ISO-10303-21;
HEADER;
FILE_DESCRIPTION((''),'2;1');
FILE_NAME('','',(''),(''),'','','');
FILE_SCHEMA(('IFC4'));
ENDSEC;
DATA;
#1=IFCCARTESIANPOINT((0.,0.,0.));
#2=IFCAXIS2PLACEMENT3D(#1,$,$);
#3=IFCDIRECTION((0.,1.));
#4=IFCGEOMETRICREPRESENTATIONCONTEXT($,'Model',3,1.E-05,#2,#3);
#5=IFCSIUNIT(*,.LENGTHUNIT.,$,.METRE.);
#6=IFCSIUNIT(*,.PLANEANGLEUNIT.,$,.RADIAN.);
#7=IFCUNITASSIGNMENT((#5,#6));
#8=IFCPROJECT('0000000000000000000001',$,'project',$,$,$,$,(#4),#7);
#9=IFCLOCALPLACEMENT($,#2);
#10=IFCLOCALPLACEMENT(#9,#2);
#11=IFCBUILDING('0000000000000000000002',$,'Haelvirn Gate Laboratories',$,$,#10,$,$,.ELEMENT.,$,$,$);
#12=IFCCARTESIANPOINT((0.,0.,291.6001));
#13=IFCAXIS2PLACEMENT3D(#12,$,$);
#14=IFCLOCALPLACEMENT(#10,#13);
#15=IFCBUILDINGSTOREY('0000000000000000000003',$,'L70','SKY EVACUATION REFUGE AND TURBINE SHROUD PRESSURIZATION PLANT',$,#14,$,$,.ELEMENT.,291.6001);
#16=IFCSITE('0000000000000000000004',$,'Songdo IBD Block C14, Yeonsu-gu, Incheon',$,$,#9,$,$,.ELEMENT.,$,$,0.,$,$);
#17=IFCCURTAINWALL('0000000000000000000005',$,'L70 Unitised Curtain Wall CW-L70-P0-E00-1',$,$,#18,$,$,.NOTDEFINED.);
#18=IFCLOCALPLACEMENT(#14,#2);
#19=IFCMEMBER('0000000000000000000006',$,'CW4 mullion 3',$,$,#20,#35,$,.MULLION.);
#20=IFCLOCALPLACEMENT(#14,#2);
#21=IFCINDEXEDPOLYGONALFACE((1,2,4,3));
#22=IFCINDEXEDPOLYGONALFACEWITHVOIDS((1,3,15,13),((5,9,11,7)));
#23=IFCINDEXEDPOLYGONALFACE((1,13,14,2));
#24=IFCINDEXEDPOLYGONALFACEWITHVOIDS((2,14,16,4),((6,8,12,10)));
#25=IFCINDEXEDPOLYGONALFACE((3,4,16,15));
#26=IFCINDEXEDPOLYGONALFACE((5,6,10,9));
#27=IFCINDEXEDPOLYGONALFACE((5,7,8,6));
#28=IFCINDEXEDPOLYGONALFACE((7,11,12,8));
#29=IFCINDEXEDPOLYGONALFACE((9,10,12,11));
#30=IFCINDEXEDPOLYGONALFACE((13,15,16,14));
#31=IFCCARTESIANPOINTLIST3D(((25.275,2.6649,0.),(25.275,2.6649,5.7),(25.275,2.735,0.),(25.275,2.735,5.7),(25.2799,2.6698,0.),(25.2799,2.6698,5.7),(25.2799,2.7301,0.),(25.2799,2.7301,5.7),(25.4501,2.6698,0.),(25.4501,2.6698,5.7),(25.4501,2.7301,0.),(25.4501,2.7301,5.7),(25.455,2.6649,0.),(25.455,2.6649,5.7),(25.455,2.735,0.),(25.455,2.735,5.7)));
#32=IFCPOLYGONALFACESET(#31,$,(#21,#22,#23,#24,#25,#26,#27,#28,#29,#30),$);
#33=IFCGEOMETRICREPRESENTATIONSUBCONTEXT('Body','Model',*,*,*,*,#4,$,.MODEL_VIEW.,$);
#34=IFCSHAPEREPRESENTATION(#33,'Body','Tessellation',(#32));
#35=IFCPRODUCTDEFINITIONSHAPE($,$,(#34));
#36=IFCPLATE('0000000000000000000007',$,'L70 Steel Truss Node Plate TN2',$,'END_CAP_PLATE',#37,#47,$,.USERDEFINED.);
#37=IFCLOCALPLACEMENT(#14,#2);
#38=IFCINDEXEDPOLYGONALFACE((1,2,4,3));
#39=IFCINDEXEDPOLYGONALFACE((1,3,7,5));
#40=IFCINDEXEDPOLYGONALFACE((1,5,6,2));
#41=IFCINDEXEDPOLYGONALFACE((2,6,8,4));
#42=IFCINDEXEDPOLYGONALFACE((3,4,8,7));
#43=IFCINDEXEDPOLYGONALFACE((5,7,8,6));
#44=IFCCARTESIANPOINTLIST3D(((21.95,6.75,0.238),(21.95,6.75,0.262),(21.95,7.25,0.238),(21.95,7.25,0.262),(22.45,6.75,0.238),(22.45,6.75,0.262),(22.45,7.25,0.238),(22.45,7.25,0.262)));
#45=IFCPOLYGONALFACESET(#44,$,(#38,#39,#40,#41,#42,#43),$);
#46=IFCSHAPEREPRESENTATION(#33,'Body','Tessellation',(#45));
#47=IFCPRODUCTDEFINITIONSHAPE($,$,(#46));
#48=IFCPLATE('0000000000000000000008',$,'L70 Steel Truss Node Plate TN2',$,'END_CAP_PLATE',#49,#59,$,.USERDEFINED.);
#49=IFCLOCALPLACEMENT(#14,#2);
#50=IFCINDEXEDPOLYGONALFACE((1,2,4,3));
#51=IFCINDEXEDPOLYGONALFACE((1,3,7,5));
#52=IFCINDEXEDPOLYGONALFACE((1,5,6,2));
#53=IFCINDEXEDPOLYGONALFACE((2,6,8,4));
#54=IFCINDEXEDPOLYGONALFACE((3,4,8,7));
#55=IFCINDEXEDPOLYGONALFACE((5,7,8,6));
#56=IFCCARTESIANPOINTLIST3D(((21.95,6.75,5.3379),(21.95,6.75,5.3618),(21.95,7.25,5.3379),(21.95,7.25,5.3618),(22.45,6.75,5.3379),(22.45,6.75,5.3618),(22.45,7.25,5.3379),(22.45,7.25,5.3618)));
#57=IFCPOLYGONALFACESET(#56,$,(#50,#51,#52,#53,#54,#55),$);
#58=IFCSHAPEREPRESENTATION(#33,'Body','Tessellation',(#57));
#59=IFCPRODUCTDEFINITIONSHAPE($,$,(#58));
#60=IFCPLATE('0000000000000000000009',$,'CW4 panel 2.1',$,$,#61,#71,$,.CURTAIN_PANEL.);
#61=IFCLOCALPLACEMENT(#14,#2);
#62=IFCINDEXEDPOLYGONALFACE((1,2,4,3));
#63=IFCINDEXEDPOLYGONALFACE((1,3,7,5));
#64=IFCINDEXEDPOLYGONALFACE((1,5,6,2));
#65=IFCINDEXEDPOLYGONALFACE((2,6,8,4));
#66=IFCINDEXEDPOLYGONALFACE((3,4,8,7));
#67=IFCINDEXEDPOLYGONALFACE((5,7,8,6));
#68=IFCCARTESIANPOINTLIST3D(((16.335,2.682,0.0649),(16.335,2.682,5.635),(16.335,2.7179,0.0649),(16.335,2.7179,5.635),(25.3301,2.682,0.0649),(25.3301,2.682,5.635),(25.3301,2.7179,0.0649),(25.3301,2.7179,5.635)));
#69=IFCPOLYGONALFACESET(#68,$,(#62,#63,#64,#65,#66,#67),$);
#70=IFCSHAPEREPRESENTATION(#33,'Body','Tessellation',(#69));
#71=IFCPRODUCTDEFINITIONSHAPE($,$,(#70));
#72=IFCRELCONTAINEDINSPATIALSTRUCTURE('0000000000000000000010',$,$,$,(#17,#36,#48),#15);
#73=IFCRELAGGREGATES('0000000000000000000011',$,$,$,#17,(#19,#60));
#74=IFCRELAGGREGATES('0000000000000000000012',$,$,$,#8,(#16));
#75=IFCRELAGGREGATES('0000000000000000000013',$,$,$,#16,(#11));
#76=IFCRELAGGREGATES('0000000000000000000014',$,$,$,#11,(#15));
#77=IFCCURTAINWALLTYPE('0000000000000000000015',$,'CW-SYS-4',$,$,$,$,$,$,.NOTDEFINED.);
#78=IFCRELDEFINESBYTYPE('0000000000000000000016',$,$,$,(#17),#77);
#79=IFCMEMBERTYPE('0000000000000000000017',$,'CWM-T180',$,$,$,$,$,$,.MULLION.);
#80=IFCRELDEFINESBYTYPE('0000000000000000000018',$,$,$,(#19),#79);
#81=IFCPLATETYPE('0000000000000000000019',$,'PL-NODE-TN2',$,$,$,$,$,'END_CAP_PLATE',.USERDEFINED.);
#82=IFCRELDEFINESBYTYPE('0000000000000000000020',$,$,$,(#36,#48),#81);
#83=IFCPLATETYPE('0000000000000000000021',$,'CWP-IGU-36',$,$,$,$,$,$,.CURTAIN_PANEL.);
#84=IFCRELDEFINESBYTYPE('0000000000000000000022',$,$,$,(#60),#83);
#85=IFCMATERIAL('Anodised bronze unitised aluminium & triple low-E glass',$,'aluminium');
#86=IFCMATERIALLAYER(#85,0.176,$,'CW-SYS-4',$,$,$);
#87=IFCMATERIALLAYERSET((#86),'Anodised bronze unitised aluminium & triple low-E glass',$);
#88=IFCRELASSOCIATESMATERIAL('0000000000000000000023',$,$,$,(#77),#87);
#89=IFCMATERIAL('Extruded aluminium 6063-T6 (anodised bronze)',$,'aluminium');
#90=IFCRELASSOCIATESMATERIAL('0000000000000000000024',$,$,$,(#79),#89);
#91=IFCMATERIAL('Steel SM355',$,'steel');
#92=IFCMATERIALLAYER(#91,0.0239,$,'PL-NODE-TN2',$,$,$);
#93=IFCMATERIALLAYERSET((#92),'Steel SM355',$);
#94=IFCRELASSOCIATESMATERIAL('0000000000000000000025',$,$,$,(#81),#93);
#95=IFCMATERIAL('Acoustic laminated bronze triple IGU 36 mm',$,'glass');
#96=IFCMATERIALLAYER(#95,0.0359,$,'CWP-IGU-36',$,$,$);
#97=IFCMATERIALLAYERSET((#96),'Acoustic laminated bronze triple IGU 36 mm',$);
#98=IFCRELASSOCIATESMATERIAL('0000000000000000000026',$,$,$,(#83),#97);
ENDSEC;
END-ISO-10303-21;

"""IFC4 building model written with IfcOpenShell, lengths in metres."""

from ifc_helpers import new_model, si_unit, direction, frame, origin, origin_2d, place, context, subcontext, project, spatial, rectangle, hollow_rectangle, extrude, source, transform, mapped, material, layer, layer_set, material_profile, profile_set, type_object, type_shapes, element, aggregate, save


model = new_model("IFC4")

# Units and contexts
model_context = context("Model", 3, precision=1e-05, world=origin(), true_north=direction((0.0, 1.0)))
body_context = subcontext(model_context, "Body", "Model", "MODEL_VIEW")
ifc_project = project(units=[si_unit("LENGTHUNIT", "METRE"), si_unit("PLANEANGLEUNIT", "RADIAN")], contexts=[model_context])

# Site, building, storey
site_placement = place(None, origin())
site = spatial("IfcSite", under=ifc_project, at=site_placement, Name="Songdo IBD Block C14, Yeonsu-gu, Incheon", CompositionType="ELEMENT", RefElevation=0.0)
building_placement = place(site_placement, origin())
building = spatial("IfcBuilding", under=site, at=building_placement, Name="Haelvirn Gate Laboratories", CompositionType="ELEMENT")
storey_placement = place(building_placement, frame((0.0, 0.0, 291.6001)))
storey = spatial("IfcBuildingStorey", under=building, at=storey_placement, Name="L70", Description="SKY EVACUATION REFUGE AND TURBINE SHROUD PRESSURIZATION PLANT", CompositionType="ELEMENT", Elevation=291.6001)

# Shared definitions
ifc_material_1 = material(Name="Steel SM355", Category="steel")

# Curtain wall, member
ifc_material_2 = material(Name="Anodised bronze unitised aluminium & triple low-E glass", Category="aluminium")
ifc_layer_1 = layer(ifc_material_2, 0.176, Name="CW-SYS-4")
ifc_layer_set_1 = layer_set([ifc_layer_1], Name="Anodised bronze unitised aluminium & triple low-E glass")
curtain_wall_type = type_object("IfcCurtainWallType", Name="CW-SYS-4", PredefinedType="NOTDEFINED", material=ifc_layer_set_1)
curtain_wall_placement = place(storey_placement, origin())
curtain_wall = element("IfcCurtainWall", 1, at=curtain_wall_placement, inside=storey, type_object=curtain_wall_type, Name="L70 Unitised Curtain Wall CW-L70-P0-E00-1", PredefinedType="NOTDEFINED")
ifc_material_3 = material(Name="Extruded aluminium 6063-T6 (anodised bronze)", Category="aluminium")
ifc_material_profile_1 = material_profile(ifc_material_3, hollow_rectangle(XDim=0.0701, YDim=0.1799, WallThickness=0.0049, at=origin_2d()), Name="CWM-180x70x5")
ifc_profile_set_1 = profile_set([ifc_material_profile_1], Name="Extruded aluminium 6063-T6 (anodised bronze)")
member_type_1 = type_object("IfcMemberType", Name="CWM-T180", PredefinedType="MULLION", material=ifc_profile_set_1)
shared_shape_1 = source(origin(), body_context, "Body", "SweptSolid", [
    extrude(hollow_rectangle(XDim=0.0701, YDim=0.1799, WallThickness=0.0049, at=origin_2d()), origin(), (0.0, 0.0, 1.0), 5.7),
])
type_shapes(member_type_1, [shared_shape_1])
member_1_placement = place(storey_placement, frame((25.365, 2.7, 0.0), z_axis=(0.0, 0.0, 1.0), x_axis=(0.0, 1.0, 0.0)))
member_1 = element("IfcMember", 2, at=member_1_placement, type_object=member_type_1, Name="CW4 mullion 3", PredefinedType="MULLION", context=body_context, shape_type="MappedRepresentation", body=[
    mapped(shared_shape_1, transform((0.0, 0.0, 0.0), scale=1.0)),
])

# Plates
ifc_layer_2 = layer(ifc_material_1, 0.0239, Name="PL-NODE-TN2")
ifc_layer_set_2 = layer_set([ifc_layer_2], Name="Steel SM355")
plate_type_1 = type_object("IfcPlateType", Name="PL-NODE-TN2", ElementType="END_CAP_PLATE", PredefinedType="USERDEFINED", material=ifc_layer_set_2)
shared_shape_2 = source(origin(), body_context, "Body", "SweptSolid", [
    extrude(rectangle(XDim=0.5, YDim=0.5, at=origin_2d()), origin(), (0.0, 0.0, 1.0), 0.0239),
])
type_shapes(plate_type_1, [shared_shape_2])
for number, where, z_axis, x_axis, name in (
    (3, (22.2, 7.0, 0.238), (0.0, 0.0, 1.0), (1.0, 0.0, 0.0), "L70 Steel Truss Node Plate TN2"),
    (4, (22.2, 7.0, 5.3379), (0.0, 0.0, 1.0), (1.0, 0.0, 0.0), "L70 Steel Truss Node Plate TN2"),
):
    element("IfcPlate", number, at=place(storey_placement, frame(where, z_axis=z_axis, x_axis=x_axis)), inside=storey, type_object=plate_type_1, Name=name, ObjectType="END_CAP_PLATE", PredefinedType="USERDEFINED", context=body_context, shape_type="MappedRepresentation", body=[
        mapped(shared_shape_2, transform((0.0, 0.0, 0.0), scale=1.0)),
    ])

# Plate
ifc_material_4 = material(Name="Acoustic laminated bronze triple IGU 36 mm", Category="glass")
ifc_layer_3 = layer(ifc_material_4, 0.0359, Name="CWP-IGU-36")
ifc_layer_set_3 = layer_set([ifc_layer_3], Name="Acoustic laminated bronze triple IGU 36 mm")
plate_type_2 = type_object("IfcPlateType", Name="CWP-IGU-36", PredefinedType="CURTAIN_PANEL", material=ifc_layer_set_3)
shared_shape_3 = source(origin(), body_context, "Body", "SweptSolid", [
    extrude(rectangle(XDim=8.9951, YDim=0.0359, at=origin_2d()), origin(), (0.0, 0.0, 1.0), 5.5701),
])
type_shapes(plate_type_2, [shared_shape_3])
plate_placement = place(storey_placement, frame((20.8325, 2.7, 0.0649), z_axis=(0.0, 0.0, 1.0), x_axis=(1.0, 0.0, 0.0)))
plate = element("IfcPlate", 5, at=plate_placement, type_object=plate_type_2, Name="CW4 panel 2.1", PredefinedType="CURTAIN_PANEL", context=body_context, shape_type="MappedRepresentation", body=[
    mapped(shared_shape_3, transform((0.0, 0.0, 0.0), scale=1.0)),
])
aggregate(curtain_wall, [member_1, plate])

save(model, "model.ifc")
